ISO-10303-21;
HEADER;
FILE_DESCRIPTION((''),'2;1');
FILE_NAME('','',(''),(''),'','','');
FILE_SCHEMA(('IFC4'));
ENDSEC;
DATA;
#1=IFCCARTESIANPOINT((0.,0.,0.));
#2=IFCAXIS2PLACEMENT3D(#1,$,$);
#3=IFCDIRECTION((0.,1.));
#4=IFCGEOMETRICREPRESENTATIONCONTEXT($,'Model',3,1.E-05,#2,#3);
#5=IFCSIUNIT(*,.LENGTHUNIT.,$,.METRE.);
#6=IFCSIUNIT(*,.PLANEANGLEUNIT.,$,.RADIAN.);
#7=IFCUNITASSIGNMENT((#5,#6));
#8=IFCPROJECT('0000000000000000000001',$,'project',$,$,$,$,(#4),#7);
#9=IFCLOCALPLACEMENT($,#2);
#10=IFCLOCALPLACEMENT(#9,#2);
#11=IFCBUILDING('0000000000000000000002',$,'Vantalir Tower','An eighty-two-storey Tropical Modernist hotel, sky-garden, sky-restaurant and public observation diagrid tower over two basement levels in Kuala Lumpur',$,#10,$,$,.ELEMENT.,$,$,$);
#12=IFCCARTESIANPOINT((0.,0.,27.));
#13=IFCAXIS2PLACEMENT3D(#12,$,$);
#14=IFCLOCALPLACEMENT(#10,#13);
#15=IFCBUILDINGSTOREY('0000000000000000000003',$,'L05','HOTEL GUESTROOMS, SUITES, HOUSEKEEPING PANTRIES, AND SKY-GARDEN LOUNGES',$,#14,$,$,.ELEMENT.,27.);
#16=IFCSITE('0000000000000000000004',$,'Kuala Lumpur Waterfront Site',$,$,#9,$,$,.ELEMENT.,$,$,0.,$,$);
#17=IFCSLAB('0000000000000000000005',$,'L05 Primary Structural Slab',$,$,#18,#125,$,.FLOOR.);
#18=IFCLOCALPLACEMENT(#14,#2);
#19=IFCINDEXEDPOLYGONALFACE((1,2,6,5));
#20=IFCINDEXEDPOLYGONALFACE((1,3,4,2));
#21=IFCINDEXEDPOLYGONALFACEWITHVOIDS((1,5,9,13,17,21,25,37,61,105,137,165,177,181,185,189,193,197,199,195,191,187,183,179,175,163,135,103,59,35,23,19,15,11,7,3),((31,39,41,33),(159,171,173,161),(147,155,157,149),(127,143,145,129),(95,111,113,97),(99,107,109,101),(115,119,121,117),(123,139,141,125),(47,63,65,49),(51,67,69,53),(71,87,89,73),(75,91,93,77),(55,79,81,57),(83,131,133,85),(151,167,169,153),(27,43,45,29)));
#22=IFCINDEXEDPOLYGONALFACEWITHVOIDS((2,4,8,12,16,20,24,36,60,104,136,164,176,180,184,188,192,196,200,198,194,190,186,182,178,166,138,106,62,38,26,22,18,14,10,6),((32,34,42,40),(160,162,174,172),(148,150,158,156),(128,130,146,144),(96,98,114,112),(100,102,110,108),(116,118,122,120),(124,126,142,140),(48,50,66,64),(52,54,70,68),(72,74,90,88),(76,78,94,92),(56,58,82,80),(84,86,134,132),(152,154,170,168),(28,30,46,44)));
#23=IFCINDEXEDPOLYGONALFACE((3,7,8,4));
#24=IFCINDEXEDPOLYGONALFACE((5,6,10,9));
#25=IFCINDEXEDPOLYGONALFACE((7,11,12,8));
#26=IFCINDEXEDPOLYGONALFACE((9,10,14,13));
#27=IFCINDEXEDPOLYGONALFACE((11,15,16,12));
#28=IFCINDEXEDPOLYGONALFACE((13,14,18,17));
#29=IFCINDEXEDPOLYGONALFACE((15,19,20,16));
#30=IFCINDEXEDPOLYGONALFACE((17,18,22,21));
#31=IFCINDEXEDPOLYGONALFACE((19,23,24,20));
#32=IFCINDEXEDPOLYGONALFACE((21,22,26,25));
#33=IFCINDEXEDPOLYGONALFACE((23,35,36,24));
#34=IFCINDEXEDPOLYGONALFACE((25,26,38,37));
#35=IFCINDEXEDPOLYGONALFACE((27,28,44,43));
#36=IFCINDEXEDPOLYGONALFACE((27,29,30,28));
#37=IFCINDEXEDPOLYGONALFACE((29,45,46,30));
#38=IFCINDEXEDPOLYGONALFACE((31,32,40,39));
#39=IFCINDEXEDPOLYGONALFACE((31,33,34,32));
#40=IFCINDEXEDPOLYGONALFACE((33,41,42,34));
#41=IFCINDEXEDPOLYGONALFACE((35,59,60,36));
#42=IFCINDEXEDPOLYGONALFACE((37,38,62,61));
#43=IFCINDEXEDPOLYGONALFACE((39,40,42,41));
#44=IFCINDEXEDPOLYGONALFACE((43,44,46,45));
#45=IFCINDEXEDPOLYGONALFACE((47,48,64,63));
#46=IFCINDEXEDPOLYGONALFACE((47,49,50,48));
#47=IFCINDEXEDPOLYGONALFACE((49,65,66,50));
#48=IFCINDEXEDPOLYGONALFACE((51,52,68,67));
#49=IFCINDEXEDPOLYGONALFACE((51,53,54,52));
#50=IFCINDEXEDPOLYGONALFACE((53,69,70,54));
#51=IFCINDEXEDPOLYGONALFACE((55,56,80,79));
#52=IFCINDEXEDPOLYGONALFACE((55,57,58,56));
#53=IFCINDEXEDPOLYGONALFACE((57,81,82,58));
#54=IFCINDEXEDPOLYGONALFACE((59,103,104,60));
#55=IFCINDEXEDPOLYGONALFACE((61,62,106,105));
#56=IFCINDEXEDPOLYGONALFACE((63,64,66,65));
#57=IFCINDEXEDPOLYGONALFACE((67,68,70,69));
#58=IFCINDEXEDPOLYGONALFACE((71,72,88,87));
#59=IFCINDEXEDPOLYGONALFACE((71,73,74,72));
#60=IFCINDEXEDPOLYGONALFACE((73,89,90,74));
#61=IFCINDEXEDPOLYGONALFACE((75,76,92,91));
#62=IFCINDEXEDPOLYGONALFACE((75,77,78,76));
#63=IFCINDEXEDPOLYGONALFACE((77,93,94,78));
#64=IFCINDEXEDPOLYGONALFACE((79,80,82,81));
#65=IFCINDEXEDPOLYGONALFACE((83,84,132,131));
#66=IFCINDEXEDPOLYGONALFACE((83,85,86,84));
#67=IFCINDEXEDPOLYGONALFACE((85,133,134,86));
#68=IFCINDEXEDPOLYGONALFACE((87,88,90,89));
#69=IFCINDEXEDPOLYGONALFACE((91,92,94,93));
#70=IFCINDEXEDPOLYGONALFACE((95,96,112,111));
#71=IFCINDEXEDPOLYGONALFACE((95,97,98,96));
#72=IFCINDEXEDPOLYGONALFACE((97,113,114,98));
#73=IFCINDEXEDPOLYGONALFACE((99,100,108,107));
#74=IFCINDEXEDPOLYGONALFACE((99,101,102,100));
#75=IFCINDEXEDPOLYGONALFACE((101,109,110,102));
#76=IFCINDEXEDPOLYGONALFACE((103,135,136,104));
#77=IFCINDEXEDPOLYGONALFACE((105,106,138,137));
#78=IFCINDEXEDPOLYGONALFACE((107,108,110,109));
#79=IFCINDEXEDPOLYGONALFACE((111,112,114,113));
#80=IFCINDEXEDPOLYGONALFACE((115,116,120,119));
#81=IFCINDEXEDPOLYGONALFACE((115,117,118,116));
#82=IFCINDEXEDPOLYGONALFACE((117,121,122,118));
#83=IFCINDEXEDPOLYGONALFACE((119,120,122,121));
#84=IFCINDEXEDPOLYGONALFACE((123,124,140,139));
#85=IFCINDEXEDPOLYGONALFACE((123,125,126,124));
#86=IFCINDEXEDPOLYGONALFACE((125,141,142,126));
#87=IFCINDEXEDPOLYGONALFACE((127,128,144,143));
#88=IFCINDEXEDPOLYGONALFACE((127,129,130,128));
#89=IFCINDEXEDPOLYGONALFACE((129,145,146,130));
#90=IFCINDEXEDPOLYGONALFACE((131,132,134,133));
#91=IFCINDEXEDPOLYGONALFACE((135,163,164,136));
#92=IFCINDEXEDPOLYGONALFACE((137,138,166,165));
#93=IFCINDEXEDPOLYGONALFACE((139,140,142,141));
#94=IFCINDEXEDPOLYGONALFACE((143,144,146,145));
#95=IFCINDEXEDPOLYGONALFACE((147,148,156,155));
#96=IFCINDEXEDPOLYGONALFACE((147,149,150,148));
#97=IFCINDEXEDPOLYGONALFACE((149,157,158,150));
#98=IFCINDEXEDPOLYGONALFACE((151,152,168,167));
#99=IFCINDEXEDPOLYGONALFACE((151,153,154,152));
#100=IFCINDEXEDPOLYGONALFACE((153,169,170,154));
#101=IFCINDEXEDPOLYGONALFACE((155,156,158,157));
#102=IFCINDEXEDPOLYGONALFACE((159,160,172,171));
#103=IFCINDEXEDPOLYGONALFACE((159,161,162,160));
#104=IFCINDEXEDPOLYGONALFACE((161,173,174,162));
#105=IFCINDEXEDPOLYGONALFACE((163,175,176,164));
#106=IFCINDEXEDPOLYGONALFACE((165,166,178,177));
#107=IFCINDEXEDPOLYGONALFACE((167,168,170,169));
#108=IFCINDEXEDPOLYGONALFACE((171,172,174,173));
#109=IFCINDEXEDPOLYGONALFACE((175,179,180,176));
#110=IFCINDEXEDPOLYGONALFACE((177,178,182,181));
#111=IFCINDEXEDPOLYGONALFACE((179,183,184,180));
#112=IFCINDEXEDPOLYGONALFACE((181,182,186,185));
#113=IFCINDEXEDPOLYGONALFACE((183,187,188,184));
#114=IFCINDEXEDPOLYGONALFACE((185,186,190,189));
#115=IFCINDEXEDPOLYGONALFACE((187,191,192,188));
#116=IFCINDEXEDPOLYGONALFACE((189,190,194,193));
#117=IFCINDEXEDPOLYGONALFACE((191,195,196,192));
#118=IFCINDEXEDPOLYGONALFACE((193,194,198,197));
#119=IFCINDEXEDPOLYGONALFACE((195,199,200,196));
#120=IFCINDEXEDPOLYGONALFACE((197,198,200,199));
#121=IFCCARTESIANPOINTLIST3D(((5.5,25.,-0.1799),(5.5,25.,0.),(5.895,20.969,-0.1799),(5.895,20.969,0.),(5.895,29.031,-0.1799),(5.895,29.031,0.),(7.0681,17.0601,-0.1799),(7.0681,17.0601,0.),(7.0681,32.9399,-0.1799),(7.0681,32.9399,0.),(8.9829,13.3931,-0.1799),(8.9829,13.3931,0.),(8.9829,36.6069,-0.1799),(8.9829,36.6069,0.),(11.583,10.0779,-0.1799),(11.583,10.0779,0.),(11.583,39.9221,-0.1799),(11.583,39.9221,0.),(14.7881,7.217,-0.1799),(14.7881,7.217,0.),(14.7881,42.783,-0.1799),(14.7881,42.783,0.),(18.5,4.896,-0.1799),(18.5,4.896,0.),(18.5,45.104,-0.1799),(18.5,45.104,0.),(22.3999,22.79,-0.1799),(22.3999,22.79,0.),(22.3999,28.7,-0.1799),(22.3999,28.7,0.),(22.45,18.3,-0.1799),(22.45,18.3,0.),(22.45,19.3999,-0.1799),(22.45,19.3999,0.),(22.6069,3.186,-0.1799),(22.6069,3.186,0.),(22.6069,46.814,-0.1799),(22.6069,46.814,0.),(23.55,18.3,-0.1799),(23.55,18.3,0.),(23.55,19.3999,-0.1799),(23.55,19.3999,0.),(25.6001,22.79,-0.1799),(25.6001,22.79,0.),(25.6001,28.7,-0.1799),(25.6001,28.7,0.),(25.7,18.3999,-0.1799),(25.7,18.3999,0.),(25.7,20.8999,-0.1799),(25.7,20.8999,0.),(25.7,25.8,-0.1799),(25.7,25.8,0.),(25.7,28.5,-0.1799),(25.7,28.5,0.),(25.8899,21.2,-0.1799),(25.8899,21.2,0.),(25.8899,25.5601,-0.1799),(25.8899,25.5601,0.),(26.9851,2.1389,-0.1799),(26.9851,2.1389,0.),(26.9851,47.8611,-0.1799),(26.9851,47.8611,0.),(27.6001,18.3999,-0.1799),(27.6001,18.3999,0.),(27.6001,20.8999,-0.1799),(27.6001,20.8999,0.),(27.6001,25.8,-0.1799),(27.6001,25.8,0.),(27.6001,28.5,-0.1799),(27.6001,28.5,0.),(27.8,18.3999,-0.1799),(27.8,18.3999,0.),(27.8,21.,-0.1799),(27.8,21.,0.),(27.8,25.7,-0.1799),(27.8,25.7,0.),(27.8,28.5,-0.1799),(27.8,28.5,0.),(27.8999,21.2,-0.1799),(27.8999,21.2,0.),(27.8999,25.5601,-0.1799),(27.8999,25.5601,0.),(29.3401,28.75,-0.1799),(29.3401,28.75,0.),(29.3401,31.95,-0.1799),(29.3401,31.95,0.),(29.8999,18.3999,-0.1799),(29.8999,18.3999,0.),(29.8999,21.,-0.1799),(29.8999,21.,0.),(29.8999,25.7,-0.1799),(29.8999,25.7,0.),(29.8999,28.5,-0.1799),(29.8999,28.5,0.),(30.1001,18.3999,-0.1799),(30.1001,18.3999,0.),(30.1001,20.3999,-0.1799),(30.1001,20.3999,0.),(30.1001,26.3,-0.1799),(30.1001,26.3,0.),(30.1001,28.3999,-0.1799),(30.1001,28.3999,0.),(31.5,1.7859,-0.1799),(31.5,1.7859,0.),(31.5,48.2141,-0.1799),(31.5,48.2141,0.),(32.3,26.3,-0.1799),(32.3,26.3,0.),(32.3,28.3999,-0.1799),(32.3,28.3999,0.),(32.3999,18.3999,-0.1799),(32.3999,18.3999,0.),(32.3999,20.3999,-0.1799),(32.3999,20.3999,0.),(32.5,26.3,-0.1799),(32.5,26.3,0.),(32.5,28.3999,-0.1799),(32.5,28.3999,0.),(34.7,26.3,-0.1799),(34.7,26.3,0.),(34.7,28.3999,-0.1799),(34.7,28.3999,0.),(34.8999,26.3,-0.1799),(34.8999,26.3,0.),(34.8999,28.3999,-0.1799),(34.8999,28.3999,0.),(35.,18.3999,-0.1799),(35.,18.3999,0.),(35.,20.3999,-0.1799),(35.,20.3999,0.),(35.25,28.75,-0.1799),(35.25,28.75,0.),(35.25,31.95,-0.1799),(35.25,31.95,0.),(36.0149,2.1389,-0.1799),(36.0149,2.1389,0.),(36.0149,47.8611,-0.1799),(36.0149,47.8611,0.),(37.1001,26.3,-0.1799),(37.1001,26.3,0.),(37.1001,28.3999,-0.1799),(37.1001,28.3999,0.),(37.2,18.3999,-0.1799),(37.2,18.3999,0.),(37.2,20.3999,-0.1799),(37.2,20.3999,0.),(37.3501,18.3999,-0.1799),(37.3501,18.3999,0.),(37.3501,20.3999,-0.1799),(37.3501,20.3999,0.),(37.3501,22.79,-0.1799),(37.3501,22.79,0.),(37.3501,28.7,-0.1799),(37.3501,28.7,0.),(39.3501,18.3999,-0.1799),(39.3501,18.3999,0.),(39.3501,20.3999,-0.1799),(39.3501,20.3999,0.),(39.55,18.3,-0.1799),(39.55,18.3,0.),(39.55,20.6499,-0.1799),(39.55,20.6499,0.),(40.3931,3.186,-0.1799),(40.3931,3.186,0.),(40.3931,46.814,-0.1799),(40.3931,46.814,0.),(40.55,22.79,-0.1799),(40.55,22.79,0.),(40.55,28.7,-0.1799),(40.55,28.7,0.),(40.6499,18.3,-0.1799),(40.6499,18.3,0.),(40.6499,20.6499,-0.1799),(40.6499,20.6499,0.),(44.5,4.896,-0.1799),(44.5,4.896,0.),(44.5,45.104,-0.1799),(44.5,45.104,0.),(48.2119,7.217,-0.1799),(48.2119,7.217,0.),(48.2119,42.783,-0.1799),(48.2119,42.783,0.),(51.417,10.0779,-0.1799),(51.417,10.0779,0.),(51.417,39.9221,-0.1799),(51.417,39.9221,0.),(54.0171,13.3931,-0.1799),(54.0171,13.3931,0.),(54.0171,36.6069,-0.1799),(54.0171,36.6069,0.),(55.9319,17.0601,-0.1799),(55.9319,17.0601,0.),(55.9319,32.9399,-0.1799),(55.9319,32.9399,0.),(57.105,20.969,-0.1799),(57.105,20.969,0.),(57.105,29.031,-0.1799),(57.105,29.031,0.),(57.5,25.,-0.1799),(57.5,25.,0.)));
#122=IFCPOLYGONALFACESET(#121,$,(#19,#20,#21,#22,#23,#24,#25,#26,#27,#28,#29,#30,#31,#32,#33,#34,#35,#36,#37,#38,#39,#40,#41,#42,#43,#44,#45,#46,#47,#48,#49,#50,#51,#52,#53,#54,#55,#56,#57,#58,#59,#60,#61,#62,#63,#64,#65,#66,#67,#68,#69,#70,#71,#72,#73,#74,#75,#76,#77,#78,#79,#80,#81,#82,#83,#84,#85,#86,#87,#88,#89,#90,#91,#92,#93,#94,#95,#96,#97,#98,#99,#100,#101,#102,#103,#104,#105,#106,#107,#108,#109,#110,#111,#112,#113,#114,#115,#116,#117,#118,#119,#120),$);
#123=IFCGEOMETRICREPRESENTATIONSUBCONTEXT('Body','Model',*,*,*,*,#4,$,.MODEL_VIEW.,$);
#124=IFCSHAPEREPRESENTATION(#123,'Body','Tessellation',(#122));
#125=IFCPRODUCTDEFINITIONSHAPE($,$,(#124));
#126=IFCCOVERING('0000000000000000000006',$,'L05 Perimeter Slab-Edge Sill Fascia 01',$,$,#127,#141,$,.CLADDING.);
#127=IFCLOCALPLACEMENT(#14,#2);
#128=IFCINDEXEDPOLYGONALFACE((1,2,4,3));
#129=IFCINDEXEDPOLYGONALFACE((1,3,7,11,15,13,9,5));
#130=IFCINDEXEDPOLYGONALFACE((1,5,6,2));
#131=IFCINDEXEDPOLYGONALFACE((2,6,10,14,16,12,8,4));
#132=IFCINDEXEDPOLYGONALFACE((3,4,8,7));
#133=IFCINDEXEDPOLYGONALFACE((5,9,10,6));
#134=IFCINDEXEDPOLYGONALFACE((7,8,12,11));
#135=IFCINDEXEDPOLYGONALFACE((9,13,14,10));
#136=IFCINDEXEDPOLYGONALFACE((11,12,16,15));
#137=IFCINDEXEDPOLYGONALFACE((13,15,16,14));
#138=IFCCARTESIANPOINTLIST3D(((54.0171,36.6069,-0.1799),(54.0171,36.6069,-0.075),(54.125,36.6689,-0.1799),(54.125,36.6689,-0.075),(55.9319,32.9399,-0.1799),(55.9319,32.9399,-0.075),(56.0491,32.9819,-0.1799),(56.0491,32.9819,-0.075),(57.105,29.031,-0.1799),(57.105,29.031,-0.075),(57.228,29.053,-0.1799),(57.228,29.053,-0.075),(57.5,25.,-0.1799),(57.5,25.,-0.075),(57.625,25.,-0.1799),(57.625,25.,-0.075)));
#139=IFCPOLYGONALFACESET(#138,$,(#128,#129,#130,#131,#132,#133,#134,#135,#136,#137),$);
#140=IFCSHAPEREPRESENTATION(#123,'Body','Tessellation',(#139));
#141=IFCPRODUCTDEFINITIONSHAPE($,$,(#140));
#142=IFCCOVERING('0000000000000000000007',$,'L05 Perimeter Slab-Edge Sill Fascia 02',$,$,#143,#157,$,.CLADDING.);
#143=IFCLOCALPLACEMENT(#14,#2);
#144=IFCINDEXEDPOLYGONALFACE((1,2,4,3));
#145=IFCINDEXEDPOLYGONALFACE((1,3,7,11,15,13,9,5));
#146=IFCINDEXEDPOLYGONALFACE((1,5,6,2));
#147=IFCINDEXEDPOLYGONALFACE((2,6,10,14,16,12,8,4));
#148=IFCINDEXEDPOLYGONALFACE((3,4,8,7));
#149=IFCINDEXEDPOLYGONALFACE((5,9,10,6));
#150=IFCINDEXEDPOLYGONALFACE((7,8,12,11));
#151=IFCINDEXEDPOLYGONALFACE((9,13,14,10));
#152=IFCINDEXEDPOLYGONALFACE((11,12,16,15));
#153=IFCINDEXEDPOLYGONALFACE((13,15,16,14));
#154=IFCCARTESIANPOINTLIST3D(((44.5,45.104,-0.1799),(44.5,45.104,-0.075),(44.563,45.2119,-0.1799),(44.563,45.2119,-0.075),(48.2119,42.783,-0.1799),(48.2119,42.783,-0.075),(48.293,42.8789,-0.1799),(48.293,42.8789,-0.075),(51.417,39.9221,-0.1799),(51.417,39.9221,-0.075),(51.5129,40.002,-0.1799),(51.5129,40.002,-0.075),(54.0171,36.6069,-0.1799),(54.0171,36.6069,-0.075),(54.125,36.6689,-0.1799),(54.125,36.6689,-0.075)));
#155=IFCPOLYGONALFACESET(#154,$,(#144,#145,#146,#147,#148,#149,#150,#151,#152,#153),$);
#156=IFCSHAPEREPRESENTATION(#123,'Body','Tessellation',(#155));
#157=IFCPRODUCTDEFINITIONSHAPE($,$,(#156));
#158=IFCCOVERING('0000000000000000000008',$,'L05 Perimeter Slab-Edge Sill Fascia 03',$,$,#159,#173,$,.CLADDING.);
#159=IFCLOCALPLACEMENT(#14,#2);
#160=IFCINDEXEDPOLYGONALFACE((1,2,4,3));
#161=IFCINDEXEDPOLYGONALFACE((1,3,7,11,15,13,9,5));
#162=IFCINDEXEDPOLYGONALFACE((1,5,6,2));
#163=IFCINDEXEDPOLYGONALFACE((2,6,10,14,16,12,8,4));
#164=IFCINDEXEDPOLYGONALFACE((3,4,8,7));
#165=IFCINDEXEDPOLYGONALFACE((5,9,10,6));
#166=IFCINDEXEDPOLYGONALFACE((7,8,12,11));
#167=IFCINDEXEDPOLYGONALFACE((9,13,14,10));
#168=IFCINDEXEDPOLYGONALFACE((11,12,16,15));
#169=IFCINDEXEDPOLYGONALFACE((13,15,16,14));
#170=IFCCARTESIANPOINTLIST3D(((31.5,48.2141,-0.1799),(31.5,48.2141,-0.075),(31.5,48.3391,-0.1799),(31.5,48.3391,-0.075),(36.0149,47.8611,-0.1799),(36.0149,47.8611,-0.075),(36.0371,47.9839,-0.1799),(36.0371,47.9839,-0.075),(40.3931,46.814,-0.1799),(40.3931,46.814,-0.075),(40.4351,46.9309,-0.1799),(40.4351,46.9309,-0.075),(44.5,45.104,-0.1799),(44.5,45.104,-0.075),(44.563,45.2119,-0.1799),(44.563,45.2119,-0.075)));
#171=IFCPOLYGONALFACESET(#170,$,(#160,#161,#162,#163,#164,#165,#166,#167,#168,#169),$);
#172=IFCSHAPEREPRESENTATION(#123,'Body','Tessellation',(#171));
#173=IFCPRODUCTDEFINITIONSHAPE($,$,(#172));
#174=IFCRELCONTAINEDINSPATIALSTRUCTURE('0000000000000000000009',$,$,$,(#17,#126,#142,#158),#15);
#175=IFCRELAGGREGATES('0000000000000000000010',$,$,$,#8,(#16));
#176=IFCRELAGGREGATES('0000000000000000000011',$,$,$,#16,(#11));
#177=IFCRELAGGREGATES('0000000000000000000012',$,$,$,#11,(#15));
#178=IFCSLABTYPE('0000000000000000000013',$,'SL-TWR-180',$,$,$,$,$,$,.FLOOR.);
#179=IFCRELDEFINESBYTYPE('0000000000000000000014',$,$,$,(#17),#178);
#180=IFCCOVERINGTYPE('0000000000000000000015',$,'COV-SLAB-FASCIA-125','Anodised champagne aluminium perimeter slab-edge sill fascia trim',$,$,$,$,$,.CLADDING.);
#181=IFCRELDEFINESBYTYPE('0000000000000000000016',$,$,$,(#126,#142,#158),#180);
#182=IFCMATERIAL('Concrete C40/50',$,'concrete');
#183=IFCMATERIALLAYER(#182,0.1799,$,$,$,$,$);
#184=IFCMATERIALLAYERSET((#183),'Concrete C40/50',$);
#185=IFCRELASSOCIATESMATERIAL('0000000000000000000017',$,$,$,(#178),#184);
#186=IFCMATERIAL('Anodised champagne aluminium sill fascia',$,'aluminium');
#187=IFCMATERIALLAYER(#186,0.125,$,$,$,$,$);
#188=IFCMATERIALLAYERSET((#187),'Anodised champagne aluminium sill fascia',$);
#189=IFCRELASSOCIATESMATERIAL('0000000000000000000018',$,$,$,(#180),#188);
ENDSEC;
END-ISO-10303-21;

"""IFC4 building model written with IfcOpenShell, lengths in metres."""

from ifc_helpers import new_model, si_unit, direction, frame, origin, place, context, subcontext, project, spatial, polyline, outline, extrude, material, layer, layer_set, type_object, element, save


model = new_model("IFC4")

# Units and contexts
model_context = context("Model", 3, precision=1e-05, world=origin(), true_north=direction((0.0, 1.0)))
body_context = subcontext(model_context, "Body", "Model", "MODEL_VIEW")
ifc_project = project(units=[si_unit("LENGTHUNIT", "METRE"), si_unit("PLANEANGLEUNIT", "RADIAN")], contexts=[model_context])

# Site, building, storey
site_placement = place(None, origin())
site = spatial("IfcSite", under=ifc_project, at=site_placement, Name="Kuala Lumpur Waterfront Site", CompositionType="ELEMENT", RefElevation=0.0)
building_placement = place(site_placement, origin())
building = spatial("IfcBuilding", under=site, at=building_placement, Name="Vantalir Tower", Description="An eighty-two-storey Tropical Modernist hotel, sky-garden, sky-restaurant and public observation diagrid tower over two basement levels in Kuala Lumpur", CompositionType="ELEMENT")
storey_placement = place(building_placement, frame((0.0, 0.0, 27.0)))
storey = spatial("IfcBuildingStorey", under=building, at=storey_placement, Name="L05", Description="HOTEL GUESTROOMS, SUITES, HOUSEKEEPING PANTRIES, AND SKY-GARDEN LOUNGES", CompositionType="ELEMENT", Elevation=27.0)

# Shared definitions
ifc_material_1 = material(Name="Concrete C40/50", Category="concrete")

# Slab
ifc_layer_1 = layer(ifc_material_1, 0.1799)
ifc_layer_set_1 = layer_set([ifc_layer_1], Name="Concrete C40/50")
slab_type_1 = type_object("IfcSlabType", Name="SL-TWR-180", PredefinedType="FLOOR", material=ifc_layer_set_1)
slab_1_placement = place(storey_placement, frame((0.0, 0.0, -0.1799)))
element("IfcSlab", 1, at=slab_1_placement, inside=storey, type_object=slab_type_1, Name="L05 Primary Structural Slab", PredefinedType="FLOOR", context=body_context, shape_type="SweptSolid", body=[
    extrude(outline(polyline([(8.9829, 13.3931), (11.583, 10.0779), (14.7881, 7.217), (18.5, 4.896), (22.6069, 3.186), (26.9851, 2.1389), (31.5, 1.7859), (36.0149, 2.1389), (40.3931, 3.186), (44.5, 4.896), (48.2119, 7.217), (51.417, 10.0779), (54.0171, 13.3931), (55.9319, 17.0601), (57.105, 20.969), (57.5, 25.0), (57.105, 29.031), (55.9319, 32.9399), (54.0171, 36.6069), (51.417, 39.9221), (48.2119, 42.783), (44.5, 45.104), (40.3931, 46.814), (36.0149, 47.8611), (31.5, 48.2141), (26.9851, 47.8611), (22.6069, 46.814), (18.5, 45.104), (14.7881, 42.783), (11.583, 39.9221), (8.9829, 36.6069), (7.0681, 32.9399), (5.895, 29.031), (5.5, 25.0), (5.895, 20.969), (7.0681, 17.0601), (8.9829, 13.3931)]), holes=[polyline([(22.3999, 22.79), (22.3999, 28.7), (25.6001, 28.7), (25.6001, 22.79), (22.3999, 22.79)]), polyline([(37.3501, 28.7), (40.55, 28.7), (40.55, 22.79), (37.3501, 22.79), (37.3501, 28.7)]), polyline([(35.25, 28.75), (29.3401, 28.75), (29.3401, 31.95), (35.25, 31.95), (35.25, 28.75)]), polyline([(27.6001, 18.3999), (25.7, 18.3999), (25.7, 20.8999), (27.6001, 20.8999), (27.6001, 18.3999)]), polyline([(25.7, 25.8), (25.7, 28.5), (27.6001, 28.5), (27.6001, 25.8), (25.7, 25.8)]), polyline([(27.8, 21.0), (29.8999, 21.0), (29.8999, 18.3999), (27.8, 18.3999), (27.8, 21.0)]), polyline([(29.8999, 28.5), (29.8999, 25.7), (27.8, 25.7), (27.8, 28.5), (29.8999, 28.5)]), polyline([(32.3999, 18.3999), (30.1001, 18.3999), (30.1001, 20.3999), (32.3999, 20.3999), (32.3999, 18.3999)]), polyline([(37.3501, 18.3999), (37.3501, 20.3999), (39.3501, 20.3999), (39.3501, 18.3999), (37.3501, 18.3999)]), polyline([(35.0, 20.3999), (37.2, 20.3999), (37.2, 18.3999), (35.0, 18.3999), (35.0, 20.3999)]), polyline([(32.3, 28.3999), (32.3, 26.3), (30.1001, 26.3), (30.1001, 28.3999), (32.3, 28.3999)]), polyline([(34.7, 26.3), (32.5, 26.3), (32.5, 28.3999), (34.7, 28.3999), (34.7, 26.3)]), polyline([(34.8999, 26.3), (34.8999, 28.3999), (37.1001, 28.3999), (37.1001, 26.3), (34.8999, 26.3)]), polyline([(25.8899, 25.5601), (27.8999, 25.5601), (27.8999, 21.2), (25.8899, 21.2), (25.8899, 25.5601)]), polyline([(23.55, 19.3999), (23.55, 18.3), (22.45, 18.3), (22.45, 19.3999), (23.55, 19.3999)]), polyline([(40.6499, 18.3), (39.55, 18.3), (39.55, 20.6499), (40.6499, 20.6499), (40.6499, 18.3)])]), origin(), (0.0, 0.0, 1.0), 0.1799),
])

# Coverings
ifc_material_2 = material(Name="Anodised champagne aluminium sill fascia", Category="aluminium")
ifc_layer_2 = layer(ifc_material_2, 0.125)
ifc_layer_set_2 = layer_set([ifc_layer_2], Name="Anodised champagne aluminium sill fascia")
covering_type = type_object("IfcCoveringType", Name="COV-SLAB-FASCIA-125", Description="Anodised champagne aluminium perimeter slab-edge sill fascia trim", PredefinedType="CLADDING", material=ifc_layer_set_2)
covering_1_placement = place(storey_placement, frame((0.0, 0.0, -0.1799)))
element("IfcCovering", 2, at=covering_1_placement, inside=storey, type_object=covering_type, Name="L05 Perimeter Slab-Edge Sill Fascia 01", PredefinedType="CLADDING", context=body_context, shape_type="SweptSolid", body=[
    extrude(outline(polyline([(57.625, 25.0), (57.228, 29.053), (56.0491, 32.9819), (54.125, 36.6689), (54.0171, 36.6069), (55.9319, 32.9399), (57.105, 29.031), (57.5, 25.0), (57.625, 25.0)])), origin(), (0.0, 0.0, 1.0), 0.105),
])
covering_2_placement = place(storey_placement, frame((0.0, 0.0, -0.1799)))
element("IfcCovering", 3, at=covering_2_placement, inside=storey, type_object=covering_type, Name="L05 Perimeter Slab-Edge Sill Fascia 02", PredefinedType="CLADDING", context=body_context, shape_type="SweptSolid", body=[
    extrude(outline(polyline([(54.125, 36.6689), (51.5129, 40.002), (48.293, 42.8789), (44.563, 45.2119), (44.5, 45.104), (48.2119, 42.783), (51.417, 39.9221), (54.0171, 36.6069), (54.125, 36.6689)])), origin(), (0.0, 0.0, 1.0), 0.105),
])
covering_3_placement = place(storey_placement, frame((0.0, 0.0, -0.1799)))
element("IfcCovering", 4, at=covering_3_placement, inside=storey, type_object=covering_type, Name="L05 Perimeter Slab-Edge Sill Fascia 03", PredefinedType="CLADDING", context=body_context, shape_type="SweptSolid", body=[
    extrude(outline(polyline([(44.563, 45.2119), (40.4351, 46.9309), (36.0371, 47.9839), (31.5, 48.3391), (31.5, 48.2141), (36.0149, 47.8611), (40.3931, 46.814), (44.5, 45.104), (44.563, 45.2119)])), origin(), (0.0, 0.0, 1.0), 0.105),
])

save(model, "model.ifc")
